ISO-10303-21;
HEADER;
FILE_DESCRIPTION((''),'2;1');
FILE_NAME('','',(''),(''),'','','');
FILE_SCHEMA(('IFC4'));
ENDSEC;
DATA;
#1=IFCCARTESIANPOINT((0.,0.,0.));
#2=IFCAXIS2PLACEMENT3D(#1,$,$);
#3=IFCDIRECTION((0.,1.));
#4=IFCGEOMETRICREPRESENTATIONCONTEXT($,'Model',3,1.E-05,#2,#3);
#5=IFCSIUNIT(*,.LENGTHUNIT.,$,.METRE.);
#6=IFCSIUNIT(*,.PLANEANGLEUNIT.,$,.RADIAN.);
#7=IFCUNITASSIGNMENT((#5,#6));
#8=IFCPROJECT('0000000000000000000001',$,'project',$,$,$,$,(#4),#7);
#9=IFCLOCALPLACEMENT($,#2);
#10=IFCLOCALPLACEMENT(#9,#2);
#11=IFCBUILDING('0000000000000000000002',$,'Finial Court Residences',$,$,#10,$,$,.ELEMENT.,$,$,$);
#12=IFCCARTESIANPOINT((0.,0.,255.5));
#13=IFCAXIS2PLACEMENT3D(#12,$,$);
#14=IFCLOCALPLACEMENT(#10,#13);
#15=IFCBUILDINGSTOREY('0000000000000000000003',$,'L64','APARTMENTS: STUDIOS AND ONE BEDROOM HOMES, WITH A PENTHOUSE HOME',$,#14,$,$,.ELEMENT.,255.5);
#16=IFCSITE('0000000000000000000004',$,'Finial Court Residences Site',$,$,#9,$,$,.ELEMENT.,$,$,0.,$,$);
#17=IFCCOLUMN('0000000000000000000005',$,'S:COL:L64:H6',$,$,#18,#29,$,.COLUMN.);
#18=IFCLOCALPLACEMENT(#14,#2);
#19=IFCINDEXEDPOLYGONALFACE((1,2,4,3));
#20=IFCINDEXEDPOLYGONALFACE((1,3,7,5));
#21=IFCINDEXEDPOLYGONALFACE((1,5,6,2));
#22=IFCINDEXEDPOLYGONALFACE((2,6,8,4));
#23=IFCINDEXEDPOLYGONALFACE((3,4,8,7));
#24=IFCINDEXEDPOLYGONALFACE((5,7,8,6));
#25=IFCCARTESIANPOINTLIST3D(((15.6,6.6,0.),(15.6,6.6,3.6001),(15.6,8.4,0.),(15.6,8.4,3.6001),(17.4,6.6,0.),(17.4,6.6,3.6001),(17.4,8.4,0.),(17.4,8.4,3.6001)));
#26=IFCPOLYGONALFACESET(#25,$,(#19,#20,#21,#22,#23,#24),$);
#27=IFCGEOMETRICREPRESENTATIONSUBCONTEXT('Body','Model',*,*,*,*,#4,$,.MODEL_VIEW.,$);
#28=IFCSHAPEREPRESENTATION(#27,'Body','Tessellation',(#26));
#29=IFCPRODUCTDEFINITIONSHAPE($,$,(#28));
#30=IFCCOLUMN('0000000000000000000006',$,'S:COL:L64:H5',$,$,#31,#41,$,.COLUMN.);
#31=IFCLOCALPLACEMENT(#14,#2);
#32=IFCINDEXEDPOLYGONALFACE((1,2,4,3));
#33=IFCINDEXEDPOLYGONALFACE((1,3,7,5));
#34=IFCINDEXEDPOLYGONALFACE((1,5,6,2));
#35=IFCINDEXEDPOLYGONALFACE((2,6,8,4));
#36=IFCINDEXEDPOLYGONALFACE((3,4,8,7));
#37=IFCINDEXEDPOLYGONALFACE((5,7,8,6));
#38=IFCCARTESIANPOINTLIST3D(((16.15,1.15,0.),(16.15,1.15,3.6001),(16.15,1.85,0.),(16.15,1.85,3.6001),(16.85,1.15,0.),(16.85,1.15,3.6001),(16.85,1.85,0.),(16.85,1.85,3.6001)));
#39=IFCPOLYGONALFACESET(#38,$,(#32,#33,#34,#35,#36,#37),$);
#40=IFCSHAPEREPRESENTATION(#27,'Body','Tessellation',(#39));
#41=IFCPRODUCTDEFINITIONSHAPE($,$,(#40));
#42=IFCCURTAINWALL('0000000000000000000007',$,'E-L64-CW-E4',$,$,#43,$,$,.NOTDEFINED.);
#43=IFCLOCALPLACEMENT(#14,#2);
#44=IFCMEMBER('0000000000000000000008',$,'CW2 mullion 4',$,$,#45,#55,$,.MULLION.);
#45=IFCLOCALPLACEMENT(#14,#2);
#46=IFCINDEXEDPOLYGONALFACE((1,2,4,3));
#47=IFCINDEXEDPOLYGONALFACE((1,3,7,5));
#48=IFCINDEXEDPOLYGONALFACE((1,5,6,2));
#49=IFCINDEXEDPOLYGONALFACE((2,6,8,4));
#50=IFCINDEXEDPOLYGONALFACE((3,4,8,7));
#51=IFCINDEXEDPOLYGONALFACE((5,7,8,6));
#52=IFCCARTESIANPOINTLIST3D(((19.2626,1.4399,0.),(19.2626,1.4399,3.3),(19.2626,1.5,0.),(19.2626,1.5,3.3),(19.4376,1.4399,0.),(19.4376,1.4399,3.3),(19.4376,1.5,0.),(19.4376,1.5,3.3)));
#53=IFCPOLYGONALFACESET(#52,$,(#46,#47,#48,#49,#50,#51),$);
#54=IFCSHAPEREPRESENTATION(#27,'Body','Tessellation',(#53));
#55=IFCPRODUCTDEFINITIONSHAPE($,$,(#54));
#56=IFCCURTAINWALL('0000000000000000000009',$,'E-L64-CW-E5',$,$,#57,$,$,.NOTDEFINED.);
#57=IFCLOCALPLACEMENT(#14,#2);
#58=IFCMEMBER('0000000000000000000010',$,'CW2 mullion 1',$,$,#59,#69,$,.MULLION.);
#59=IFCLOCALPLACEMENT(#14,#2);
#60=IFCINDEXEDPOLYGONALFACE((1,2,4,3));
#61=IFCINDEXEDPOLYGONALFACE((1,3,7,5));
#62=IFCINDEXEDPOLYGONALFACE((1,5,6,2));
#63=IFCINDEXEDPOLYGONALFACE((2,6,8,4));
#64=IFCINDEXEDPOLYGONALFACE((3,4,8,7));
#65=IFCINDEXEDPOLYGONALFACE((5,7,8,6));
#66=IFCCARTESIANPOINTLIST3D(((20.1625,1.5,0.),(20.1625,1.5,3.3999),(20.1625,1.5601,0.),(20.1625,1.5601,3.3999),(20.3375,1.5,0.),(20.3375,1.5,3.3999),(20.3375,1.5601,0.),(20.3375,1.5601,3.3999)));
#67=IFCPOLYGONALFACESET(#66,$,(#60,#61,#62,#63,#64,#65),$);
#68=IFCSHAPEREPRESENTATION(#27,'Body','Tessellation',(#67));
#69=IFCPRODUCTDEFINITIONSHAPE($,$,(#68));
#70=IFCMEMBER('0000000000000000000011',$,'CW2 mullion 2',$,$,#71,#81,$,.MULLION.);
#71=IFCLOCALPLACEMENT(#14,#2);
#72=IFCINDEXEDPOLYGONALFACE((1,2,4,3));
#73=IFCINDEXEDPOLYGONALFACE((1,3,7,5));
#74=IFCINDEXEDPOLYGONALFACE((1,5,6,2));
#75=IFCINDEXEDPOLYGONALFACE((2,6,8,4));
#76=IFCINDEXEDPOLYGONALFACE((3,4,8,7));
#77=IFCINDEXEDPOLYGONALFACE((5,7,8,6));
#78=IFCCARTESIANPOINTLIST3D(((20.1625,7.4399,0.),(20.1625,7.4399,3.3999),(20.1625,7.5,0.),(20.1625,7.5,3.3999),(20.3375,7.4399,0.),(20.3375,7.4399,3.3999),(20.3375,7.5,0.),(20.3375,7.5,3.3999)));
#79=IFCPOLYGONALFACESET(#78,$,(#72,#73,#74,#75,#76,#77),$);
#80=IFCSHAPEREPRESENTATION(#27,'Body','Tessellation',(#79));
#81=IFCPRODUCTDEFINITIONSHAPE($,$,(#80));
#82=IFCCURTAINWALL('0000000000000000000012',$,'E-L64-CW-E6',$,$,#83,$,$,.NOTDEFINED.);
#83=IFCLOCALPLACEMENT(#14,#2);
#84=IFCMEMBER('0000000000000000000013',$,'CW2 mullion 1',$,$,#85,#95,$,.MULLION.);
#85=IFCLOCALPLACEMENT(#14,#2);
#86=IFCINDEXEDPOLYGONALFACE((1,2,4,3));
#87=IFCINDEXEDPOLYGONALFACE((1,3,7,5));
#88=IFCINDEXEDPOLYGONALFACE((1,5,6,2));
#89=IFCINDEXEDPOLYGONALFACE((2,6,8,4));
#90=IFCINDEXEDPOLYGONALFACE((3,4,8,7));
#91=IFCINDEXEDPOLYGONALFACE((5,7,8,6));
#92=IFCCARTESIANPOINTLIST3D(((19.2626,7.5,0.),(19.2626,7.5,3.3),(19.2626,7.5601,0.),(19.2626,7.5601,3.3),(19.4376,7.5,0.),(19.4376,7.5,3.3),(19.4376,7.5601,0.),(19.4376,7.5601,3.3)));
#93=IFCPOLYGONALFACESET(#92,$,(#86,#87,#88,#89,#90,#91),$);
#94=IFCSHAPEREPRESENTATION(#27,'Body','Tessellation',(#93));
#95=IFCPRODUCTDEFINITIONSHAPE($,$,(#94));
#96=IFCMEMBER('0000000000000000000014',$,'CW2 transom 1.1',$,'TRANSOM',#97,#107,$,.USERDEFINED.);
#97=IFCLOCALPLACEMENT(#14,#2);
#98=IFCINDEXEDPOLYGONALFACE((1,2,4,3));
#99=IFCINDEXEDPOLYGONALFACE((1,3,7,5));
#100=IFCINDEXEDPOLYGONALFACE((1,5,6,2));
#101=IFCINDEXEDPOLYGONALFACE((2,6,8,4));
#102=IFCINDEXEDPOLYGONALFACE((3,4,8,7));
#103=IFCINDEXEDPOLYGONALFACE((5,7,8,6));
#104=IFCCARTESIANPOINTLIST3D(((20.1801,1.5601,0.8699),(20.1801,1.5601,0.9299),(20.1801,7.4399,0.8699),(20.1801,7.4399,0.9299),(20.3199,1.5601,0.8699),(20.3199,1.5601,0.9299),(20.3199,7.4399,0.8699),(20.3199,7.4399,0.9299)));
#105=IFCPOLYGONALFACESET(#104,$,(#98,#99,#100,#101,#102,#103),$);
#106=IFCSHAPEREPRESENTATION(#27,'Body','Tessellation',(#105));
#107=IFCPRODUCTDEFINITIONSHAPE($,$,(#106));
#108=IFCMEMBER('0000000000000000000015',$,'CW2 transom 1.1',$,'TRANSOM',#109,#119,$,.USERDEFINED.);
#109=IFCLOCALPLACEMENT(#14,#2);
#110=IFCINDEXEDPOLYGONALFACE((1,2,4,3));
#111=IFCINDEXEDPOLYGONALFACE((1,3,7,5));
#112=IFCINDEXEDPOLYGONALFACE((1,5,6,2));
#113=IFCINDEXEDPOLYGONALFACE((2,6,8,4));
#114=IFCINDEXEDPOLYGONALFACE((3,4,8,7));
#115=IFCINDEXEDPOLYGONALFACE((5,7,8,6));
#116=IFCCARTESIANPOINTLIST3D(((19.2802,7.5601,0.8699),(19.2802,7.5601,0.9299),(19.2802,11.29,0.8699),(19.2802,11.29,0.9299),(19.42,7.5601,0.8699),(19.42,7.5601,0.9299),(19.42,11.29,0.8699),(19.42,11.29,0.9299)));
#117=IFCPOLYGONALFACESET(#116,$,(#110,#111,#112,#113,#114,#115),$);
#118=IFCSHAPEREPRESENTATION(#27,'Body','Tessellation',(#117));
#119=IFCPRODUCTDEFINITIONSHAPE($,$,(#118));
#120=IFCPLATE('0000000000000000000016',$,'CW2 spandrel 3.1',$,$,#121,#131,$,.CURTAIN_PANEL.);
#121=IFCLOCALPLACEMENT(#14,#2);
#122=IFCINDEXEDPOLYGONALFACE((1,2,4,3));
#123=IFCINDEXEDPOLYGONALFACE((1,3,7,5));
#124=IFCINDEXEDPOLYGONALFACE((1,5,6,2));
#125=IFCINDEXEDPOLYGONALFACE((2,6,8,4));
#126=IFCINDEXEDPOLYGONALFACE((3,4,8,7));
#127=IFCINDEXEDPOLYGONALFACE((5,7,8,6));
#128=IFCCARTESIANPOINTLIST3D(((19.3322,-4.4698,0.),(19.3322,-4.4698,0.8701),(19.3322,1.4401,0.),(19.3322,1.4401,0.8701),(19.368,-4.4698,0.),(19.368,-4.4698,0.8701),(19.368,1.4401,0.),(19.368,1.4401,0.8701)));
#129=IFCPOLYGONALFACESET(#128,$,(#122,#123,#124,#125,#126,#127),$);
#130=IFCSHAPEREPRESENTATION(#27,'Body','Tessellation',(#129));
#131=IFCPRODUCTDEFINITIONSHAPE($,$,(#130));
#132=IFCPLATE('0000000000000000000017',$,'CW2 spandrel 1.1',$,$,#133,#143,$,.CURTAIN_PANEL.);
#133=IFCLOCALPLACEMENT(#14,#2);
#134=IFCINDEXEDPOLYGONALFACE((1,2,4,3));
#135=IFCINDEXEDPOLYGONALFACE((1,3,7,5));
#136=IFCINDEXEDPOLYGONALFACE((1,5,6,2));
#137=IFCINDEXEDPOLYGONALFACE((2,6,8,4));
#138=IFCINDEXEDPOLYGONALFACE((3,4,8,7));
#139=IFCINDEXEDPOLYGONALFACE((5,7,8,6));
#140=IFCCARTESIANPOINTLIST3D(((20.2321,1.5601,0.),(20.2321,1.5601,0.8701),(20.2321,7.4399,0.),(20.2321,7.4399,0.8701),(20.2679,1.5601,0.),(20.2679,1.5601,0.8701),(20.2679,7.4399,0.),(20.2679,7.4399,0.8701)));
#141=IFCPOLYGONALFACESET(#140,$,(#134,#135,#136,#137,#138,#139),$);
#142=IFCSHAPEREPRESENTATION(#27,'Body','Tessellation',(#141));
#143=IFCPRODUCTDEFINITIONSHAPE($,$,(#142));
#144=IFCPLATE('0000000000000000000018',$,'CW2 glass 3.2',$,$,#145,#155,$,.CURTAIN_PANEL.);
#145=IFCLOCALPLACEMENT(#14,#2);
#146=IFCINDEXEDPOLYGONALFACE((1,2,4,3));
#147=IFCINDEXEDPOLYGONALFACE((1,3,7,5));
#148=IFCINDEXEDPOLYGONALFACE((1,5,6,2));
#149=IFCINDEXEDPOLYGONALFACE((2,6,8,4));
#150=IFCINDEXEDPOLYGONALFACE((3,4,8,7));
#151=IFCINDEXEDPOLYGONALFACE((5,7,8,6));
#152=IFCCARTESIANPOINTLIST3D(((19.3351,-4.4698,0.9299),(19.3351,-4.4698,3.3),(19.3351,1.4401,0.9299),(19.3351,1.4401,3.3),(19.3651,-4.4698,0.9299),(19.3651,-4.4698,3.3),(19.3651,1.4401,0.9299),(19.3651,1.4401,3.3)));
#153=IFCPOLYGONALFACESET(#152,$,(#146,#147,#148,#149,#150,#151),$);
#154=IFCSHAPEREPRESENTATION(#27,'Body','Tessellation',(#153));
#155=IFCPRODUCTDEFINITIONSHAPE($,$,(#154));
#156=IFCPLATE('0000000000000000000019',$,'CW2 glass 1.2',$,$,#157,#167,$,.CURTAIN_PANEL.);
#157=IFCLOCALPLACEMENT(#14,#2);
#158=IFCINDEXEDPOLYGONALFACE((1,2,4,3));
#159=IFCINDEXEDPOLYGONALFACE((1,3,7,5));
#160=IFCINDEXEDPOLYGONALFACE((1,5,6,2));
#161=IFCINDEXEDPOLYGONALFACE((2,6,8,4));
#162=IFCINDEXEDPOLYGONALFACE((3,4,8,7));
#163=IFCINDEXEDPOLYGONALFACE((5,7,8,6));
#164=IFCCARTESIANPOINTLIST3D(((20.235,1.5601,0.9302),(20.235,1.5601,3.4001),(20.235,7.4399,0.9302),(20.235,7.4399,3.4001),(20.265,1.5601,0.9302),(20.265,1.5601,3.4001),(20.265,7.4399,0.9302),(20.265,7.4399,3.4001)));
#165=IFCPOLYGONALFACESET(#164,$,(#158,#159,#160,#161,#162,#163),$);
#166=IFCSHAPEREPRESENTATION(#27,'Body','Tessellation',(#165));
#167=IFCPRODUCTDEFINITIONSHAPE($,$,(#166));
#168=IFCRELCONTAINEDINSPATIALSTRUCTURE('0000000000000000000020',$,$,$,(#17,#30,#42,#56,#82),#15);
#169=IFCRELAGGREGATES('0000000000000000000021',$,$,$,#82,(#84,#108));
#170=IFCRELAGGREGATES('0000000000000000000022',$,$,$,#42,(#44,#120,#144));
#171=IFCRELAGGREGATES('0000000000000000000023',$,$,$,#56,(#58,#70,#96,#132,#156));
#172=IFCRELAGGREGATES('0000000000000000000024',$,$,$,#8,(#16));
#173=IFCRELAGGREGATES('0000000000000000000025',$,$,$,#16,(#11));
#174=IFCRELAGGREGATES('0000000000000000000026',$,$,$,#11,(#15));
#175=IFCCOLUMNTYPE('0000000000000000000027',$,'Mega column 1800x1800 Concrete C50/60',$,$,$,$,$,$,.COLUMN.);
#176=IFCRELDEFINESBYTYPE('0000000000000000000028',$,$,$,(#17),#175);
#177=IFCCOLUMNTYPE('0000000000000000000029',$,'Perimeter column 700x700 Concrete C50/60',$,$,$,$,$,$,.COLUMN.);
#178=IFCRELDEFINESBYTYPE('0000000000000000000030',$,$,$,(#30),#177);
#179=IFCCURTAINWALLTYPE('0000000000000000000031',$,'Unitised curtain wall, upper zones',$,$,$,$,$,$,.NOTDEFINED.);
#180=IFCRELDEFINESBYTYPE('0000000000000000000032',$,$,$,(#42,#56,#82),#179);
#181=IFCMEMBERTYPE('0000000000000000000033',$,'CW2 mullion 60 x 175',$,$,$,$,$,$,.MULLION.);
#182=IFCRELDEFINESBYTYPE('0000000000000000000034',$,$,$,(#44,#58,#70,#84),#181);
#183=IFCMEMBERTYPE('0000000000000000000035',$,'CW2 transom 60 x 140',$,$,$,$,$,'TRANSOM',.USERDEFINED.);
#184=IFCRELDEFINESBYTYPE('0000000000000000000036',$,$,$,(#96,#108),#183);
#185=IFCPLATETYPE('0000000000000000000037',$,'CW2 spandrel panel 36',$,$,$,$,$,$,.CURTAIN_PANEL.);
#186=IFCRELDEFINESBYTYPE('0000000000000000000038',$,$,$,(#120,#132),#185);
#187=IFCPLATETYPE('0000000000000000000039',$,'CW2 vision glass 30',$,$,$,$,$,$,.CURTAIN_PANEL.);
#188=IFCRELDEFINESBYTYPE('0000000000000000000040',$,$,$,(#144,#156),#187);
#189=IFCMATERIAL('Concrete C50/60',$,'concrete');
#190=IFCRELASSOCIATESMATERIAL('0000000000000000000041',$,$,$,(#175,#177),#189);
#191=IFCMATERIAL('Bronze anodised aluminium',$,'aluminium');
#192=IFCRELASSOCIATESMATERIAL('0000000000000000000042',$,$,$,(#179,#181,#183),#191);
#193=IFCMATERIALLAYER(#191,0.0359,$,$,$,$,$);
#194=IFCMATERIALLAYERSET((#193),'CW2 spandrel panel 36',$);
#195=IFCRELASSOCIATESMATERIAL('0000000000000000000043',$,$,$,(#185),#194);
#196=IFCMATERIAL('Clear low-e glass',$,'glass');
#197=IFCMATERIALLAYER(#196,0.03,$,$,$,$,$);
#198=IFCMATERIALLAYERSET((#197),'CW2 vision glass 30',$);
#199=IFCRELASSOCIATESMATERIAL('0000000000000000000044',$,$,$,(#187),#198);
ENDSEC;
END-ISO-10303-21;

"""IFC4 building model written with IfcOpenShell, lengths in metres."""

from ifc_helpers import new_model, si_unit, direction, frame, origin, origin_2d, place, context, subcontext, project, spatial, rectangle, extrude, material, layer, layer_set, material_profile, profile_set, type_object, element, aggregate, save


model = new_model("IFC4")

# Units and contexts
model_context = context("Model", 3, precision=1e-05, world=origin(), true_north=direction((0.0, 1.0)))
body_context = subcontext(model_context, "Body", "Model", "MODEL_VIEW")
ifc_project = project(units=[si_unit("LENGTHUNIT", "METRE"), si_unit("PLANEANGLEUNIT", "RADIAN")], contexts=[model_context])

# Site, building, storey
site_placement = place(None, origin())
site = spatial("IfcSite", under=ifc_project, at=site_placement, Name="Finial Court Residences Site", CompositionType="ELEMENT", RefElevation=0.0)
building_placement = place(site_placement, origin())
building = spatial("IfcBuilding", under=site, at=building_placement, Name="Finial Court Residences", CompositionType="ELEMENT")
storey_placement = place(building_placement, frame((0.0, 0.0, 255.5)))
storey = spatial("IfcBuildingStorey", under=building, at=storey_placement, Name="L64", Description="APARTMENTS: STUDIOS AND ONE BEDROOM HOMES, WITH A PENTHOUSE HOME", CompositionType="ELEMENT", Elevation=255.5)

# Columns
ifc_material_1 = material(Name="Concrete C50/60", Category="concrete")
ifc_material_profile_1 = material_profile(ifc_material_1, rectangle(XDim=1.8, YDim=1.8, at=origin_2d()), Name="1800x1800")
ifc_profile_set_1 = profile_set([ifc_material_profile_1], Name="Concrete C50/60")
column_type_1 = type_object("IfcColumnType", Name="Mega column 1800x1800 Concrete C50/60", PredefinedType="COLUMN", material=ifc_profile_set_1)
column_1_placement = place(storey_placement, frame((16.5, 7.5, 0.0), z_axis=(0.0, 0.0, 1.0), x_axis=(1.0, 0.0, 0.0)))
element("IfcColumn", 1, at=column_1_placement, inside=storey, type_object=column_type_1, Name="S:COL:L64:H6", PredefinedType="COLUMN", context=body_context, shape_type="SweptSolid", body=[
    extrude(rectangle(XDim=1.8, YDim=1.8, at=origin_2d()), origin(), (0.0, 0.0, 1.0), 3.6001),
])
ifc_material_profile_2 = material_profile(ifc_material_1, rectangle(XDim=0.7, YDim=0.7, at=origin_2d()), Name="700x700")
ifc_profile_set_2 = profile_set([ifc_material_profile_2], Name="Concrete C50/60")
column_type_2 = type_object("IfcColumnType", Name="Perimeter column 700x700 Concrete C50/60", PredefinedType="COLUMN", material=ifc_profile_set_2)
column_2_placement = place(storey_placement, frame((16.5, 1.5, 0.0), z_axis=(0.0, 0.0, 1.0), x_axis=(1.0, 0.0, 0.0)))
element("IfcColumn", 2, at=column_2_placement, inside=storey, type_object=column_type_2, Name="S:COL:L64:H5", PredefinedType="COLUMN", context=body_context, shape_type="SweptSolid", body=[
    extrude(rectangle(XDim=0.7, YDim=0.7, at=origin_2d()), origin(), (0.0, 0.0, 1.0), 3.6001),
])

# Curtain wall, member
ifc_material_2 = material(Name="Bronze anodised aluminium", Category="aluminium")
curtain_wall_type = type_object("IfcCurtainWallType", Name="Unitised curtain wall, upper zones", PredefinedType="NOTDEFINED", material=ifc_material_2)
curtain_wall_1_placement = place(storey_placement, origin())
curtain_wall_1 = element("IfcCurtainWall", 3, at=curtain_wall_1_placement, inside=storey, type_object=curtain_wall_type, Name="E-L64-CW-E4", PredefinedType="NOTDEFINED")
ifc_material_profile_3 = material_profile(ifc_material_2, rectangle(XDim=0.175, YDim=0.0601, at=origin_2d()), Name="CW2 mullion 60 x 175")
ifc_profile_set_3 = profile_set([ifc_material_profile_3], Name="Bronze anodised aluminium")
member_type_1 = type_object("IfcMemberType", Name="CW2 mullion 60 x 175", PredefinedType="MULLION", material=ifc_profile_set_3)
member_1_placement = place(storey_placement, frame((19.3501, 1.47, 0.0), z_axis=(0.0, 0.0, 1.0), x_axis=(-1.0, 0.0, 0.0)))
member_1 = element("IfcMember", 4, at=member_1_placement, type_object=member_type_1, Name="CW2 mullion 4", PredefinedType="MULLION", context=body_context, shape_type="SweptSolid", body=[
    extrude(rectangle(XDim=0.175, YDim=0.0601, at=origin_2d()), origin(), (0.0, 0.0, 1.0), 3.3),
])

# Curtain wall, members
curtain_wall_2_placement = place(storey_placement, origin())
curtain_wall_2 = element("IfcCurtainWall", 5, at=curtain_wall_2_placement, inside=storey, type_object=curtain_wall_type, Name="E-L64-CW-E5", PredefinedType="NOTDEFINED")
member_2_placement = place(storey_placement, frame((20.25, 1.53, 0.0), z_axis=(0.0, 0.0, 1.0), x_axis=(-1.0, 0.0, 0.0)))
member_2 = element("IfcMember", 6, at=member_2_placement, type_object=member_type_1, Name="CW2 mullion 1", PredefinedType="MULLION", context=body_context, shape_type="SweptSolid", body=[
    extrude(rectangle(XDim=0.175, YDim=0.0601, at=origin_2d()), origin(), (0.0, 0.0, 1.0), 3.3999),
])
member_3_placement = place(storey_placement, frame((20.25, 7.47, 0.0), z_axis=(0.0, 0.0, 1.0), x_axis=(-1.0, 0.0, 0.0)))
member_3 = element("IfcMember", 7, at=member_3_placement, type_object=member_type_1, Name="CW2 mullion 2", PredefinedType="MULLION", context=body_context, shape_type="SweptSolid", body=[
    extrude(rectangle(XDim=0.175, YDim=0.0601, at=origin_2d()), origin(), (0.0, 0.0, 1.0), 3.3999),
])

# Curtain wall, member
curtain_wall_3_placement = place(storey_placement, origin())
curtain_wall_3 = element("IfcCurtainWall", 8, at=curtain_wall_3_placement, inside=storey, type_object=curtain_wall_type, Name="E-L64-CW-E6", PredefinedType="NOTDEFINED")
member_4_placement = place(storey_placement, frame((19.3501, 7.53, 0.0), z_axis=(0.0, 0.0, 1.0), x_axis=(-1.0, 0.0, 0.0)))
member_4 = element("IfcMember", 9, at=member_4_placement, type_object=member_type_1, Name="CW2 mullion 1", PredefinedType="MULLION", context=body_context, shape_type="SweptSolid", body=[
    extrude(rectangle(XDim=0.175, YDim=0.0601, at=origin_2d()), origin(), (0.0, 0.0, 1.0), 3.3),
])

# Members
ifc_material_profile_4 = material_profile(ifc_material_2, rectangle(XDim=0.1399, YDim=0.0601, at=origin_2d()), Name="CW2 transom 60 x 140")
ifc_profile_set_4 = profile_set([ifc_material_profile_4], Name="Bronze anodised aluminium")
member_type_2 = type_object("IfcMemberType", Name="CW2 transom 60 x 140", ElementType="TRANSOM", PredefinedType="USERDEFINED", material=ifc_profile_set_4)
member_5_placement = place(storey_placement, frame((20.25, 1.5601, 0.8999), z_axis=(0.0, 1.0, 0.0), x_axis=(-1.0, 0.0, 0.0)))
member_5 = element("IfcMember", 10, at=member_5_placement, type_object=member_type_2, Name="CW2 transom 1.1", ObjectType="TRANSOM", PredefinedType="USERDEFINED", context=body_context, shape_type="SweptSolid", body=[
    extrude(rectangle(XDim=0.1399, YDim=0.0601, at=origin_2d()), origin(), (0.0, 0.0, 1.0), 5.8799),
])
member_6_placement = place(storey_placement, frame((19.3501, 7.5601, 0.8999), z_axis=(0.0, 1.0, 0.0), x_axis=(-1.0, 0.0, 0.0)))
member_6 = element("IfcMember", 11, at=member_6_placement, type_object=member_type_2, Name="CW2 transom 1.1", ObjectType="TRANSOM", PredefinedType="USERDEFINED", context=body_context, shape_type="SweptSolid", body=[
    extrude(rectangle(XDim=0.1399, YDim=0.0601, at=origin_2d()), origin(), (0.0, 0.0, 1.0), 3.73),
])
aggregate(curtain_wall_3, [member_4, member_6])

# Plates
ifc_layer_1 = layer(ifc_material_2, 0.0359)
ifc_layer_set_1 = layer_set([ifc_layer_1], Name="CW2 spandrel panel 36")
plate_type_1 = type_object("IfcPlateType", Name="CW2 spandrel panel 36", PredefinedType="CURTAIN_PANEL", material=ifc_layer_set_1)
plate_1_placement = place(storey_placement, frame((19.3501, -1.5149, 0.0), z_axis=(0.0, 0.0, 1.0), x_axis=(0.0, 1.0, 0.0)))
plate_1 = element("IfcPlate", 12, at=plate_1_placement, type_object=plate_type_1, Name="CW2 spandrel 3.1", PredefinedType="CURTAIN_PANEL", context=body_context, shape_type="SweptSolid", body=[
    extrude(rectangle(XDim=5.9099, YDim=0.0359, at=origin_2d()), origin(), (0.0, 0.0, 1.0), 0.8701),
])
plate_2_placement = place(storey_placement, frame((20.25, 4.5, 0.0), z_axis=(0.0, 0.0, 1.0), x_axis=(0.0, 1.0, 0.0)))
plate_2 = element("IfcPlate", 13, at=plate_2_placement, type_object=plate_type_1, Name="CW2 spandrel 1.1", PredefinedType="CURTAIN_PANEL", context=body_context, shape_type="SweptSolid", body=[
    extrude(rectangle(XDim=5.8799, YDim=0.0359, at=origin_2d()), origin(), (0.0, 0.0, 1.0), 0.8701),
])
ifc_material_3 = material(Name="Clear low-e glass", Category="glass")
ifc_layer_2 = layer(ifc_material_3, 0.03)
ifc_layer_set_2 = layer_set([ifc_layer_2], Name="CW2 vision glass 30")
plate_type_2 = type_object("IfcPlateType", Name="CW2 vision glass 30", PredefinedType="CURTAIN_PANEL", material=ifc_layer_set_2)
plate_3_placement = place(storey_placement, frame((19.3501, -1.5149, 0.9299), z_axis=(0.0, 0.0, 1.0), x_axis=(0.0, 1.0, 0.0)))
plate_3 = element("IfcPlate", 14, at=plate_3_placement, type_object=plate_type_2, Name="CW2 glass 3.2", PredefinedType="CURTAIN_PANEL", context=body_context, shape_type="SweptSolid", body=[
    extrude(rectangle(XDim=5.9099, YDim=0.03, at=origin_2d()), origin(), (0.0, 0.0, 1.0), 2.3701),
])
aggregate(curtain_wall_1, [member_1, plate_1, plate_3])
plate_4_placement = place(storey_placement, frame((20.25, 4.5, 0.9302), z_axis=(0.0, 0.0, 1.0), x_axis=(0.0, 1.0, 0.0)))
plate_4 = element("IfcPlate", 15, at=plate_4_placement, type_object=plate_type_2, Name="CW2 glass 1.2", PredefinedType="CURTAIN_PANEL", context=body_context, shape_type="SweptSolid", body=[
    extrude(rectangle(XDim=5.8799, YDim=0.03, at=origin_2d()), origin(), (0.0, 0.0, 1.0), 2.47),
])
aggregate(curtain_wall_2, [member_2, member_3, member_5, plate_2, plate_4])

save(model, "model.ifc")
